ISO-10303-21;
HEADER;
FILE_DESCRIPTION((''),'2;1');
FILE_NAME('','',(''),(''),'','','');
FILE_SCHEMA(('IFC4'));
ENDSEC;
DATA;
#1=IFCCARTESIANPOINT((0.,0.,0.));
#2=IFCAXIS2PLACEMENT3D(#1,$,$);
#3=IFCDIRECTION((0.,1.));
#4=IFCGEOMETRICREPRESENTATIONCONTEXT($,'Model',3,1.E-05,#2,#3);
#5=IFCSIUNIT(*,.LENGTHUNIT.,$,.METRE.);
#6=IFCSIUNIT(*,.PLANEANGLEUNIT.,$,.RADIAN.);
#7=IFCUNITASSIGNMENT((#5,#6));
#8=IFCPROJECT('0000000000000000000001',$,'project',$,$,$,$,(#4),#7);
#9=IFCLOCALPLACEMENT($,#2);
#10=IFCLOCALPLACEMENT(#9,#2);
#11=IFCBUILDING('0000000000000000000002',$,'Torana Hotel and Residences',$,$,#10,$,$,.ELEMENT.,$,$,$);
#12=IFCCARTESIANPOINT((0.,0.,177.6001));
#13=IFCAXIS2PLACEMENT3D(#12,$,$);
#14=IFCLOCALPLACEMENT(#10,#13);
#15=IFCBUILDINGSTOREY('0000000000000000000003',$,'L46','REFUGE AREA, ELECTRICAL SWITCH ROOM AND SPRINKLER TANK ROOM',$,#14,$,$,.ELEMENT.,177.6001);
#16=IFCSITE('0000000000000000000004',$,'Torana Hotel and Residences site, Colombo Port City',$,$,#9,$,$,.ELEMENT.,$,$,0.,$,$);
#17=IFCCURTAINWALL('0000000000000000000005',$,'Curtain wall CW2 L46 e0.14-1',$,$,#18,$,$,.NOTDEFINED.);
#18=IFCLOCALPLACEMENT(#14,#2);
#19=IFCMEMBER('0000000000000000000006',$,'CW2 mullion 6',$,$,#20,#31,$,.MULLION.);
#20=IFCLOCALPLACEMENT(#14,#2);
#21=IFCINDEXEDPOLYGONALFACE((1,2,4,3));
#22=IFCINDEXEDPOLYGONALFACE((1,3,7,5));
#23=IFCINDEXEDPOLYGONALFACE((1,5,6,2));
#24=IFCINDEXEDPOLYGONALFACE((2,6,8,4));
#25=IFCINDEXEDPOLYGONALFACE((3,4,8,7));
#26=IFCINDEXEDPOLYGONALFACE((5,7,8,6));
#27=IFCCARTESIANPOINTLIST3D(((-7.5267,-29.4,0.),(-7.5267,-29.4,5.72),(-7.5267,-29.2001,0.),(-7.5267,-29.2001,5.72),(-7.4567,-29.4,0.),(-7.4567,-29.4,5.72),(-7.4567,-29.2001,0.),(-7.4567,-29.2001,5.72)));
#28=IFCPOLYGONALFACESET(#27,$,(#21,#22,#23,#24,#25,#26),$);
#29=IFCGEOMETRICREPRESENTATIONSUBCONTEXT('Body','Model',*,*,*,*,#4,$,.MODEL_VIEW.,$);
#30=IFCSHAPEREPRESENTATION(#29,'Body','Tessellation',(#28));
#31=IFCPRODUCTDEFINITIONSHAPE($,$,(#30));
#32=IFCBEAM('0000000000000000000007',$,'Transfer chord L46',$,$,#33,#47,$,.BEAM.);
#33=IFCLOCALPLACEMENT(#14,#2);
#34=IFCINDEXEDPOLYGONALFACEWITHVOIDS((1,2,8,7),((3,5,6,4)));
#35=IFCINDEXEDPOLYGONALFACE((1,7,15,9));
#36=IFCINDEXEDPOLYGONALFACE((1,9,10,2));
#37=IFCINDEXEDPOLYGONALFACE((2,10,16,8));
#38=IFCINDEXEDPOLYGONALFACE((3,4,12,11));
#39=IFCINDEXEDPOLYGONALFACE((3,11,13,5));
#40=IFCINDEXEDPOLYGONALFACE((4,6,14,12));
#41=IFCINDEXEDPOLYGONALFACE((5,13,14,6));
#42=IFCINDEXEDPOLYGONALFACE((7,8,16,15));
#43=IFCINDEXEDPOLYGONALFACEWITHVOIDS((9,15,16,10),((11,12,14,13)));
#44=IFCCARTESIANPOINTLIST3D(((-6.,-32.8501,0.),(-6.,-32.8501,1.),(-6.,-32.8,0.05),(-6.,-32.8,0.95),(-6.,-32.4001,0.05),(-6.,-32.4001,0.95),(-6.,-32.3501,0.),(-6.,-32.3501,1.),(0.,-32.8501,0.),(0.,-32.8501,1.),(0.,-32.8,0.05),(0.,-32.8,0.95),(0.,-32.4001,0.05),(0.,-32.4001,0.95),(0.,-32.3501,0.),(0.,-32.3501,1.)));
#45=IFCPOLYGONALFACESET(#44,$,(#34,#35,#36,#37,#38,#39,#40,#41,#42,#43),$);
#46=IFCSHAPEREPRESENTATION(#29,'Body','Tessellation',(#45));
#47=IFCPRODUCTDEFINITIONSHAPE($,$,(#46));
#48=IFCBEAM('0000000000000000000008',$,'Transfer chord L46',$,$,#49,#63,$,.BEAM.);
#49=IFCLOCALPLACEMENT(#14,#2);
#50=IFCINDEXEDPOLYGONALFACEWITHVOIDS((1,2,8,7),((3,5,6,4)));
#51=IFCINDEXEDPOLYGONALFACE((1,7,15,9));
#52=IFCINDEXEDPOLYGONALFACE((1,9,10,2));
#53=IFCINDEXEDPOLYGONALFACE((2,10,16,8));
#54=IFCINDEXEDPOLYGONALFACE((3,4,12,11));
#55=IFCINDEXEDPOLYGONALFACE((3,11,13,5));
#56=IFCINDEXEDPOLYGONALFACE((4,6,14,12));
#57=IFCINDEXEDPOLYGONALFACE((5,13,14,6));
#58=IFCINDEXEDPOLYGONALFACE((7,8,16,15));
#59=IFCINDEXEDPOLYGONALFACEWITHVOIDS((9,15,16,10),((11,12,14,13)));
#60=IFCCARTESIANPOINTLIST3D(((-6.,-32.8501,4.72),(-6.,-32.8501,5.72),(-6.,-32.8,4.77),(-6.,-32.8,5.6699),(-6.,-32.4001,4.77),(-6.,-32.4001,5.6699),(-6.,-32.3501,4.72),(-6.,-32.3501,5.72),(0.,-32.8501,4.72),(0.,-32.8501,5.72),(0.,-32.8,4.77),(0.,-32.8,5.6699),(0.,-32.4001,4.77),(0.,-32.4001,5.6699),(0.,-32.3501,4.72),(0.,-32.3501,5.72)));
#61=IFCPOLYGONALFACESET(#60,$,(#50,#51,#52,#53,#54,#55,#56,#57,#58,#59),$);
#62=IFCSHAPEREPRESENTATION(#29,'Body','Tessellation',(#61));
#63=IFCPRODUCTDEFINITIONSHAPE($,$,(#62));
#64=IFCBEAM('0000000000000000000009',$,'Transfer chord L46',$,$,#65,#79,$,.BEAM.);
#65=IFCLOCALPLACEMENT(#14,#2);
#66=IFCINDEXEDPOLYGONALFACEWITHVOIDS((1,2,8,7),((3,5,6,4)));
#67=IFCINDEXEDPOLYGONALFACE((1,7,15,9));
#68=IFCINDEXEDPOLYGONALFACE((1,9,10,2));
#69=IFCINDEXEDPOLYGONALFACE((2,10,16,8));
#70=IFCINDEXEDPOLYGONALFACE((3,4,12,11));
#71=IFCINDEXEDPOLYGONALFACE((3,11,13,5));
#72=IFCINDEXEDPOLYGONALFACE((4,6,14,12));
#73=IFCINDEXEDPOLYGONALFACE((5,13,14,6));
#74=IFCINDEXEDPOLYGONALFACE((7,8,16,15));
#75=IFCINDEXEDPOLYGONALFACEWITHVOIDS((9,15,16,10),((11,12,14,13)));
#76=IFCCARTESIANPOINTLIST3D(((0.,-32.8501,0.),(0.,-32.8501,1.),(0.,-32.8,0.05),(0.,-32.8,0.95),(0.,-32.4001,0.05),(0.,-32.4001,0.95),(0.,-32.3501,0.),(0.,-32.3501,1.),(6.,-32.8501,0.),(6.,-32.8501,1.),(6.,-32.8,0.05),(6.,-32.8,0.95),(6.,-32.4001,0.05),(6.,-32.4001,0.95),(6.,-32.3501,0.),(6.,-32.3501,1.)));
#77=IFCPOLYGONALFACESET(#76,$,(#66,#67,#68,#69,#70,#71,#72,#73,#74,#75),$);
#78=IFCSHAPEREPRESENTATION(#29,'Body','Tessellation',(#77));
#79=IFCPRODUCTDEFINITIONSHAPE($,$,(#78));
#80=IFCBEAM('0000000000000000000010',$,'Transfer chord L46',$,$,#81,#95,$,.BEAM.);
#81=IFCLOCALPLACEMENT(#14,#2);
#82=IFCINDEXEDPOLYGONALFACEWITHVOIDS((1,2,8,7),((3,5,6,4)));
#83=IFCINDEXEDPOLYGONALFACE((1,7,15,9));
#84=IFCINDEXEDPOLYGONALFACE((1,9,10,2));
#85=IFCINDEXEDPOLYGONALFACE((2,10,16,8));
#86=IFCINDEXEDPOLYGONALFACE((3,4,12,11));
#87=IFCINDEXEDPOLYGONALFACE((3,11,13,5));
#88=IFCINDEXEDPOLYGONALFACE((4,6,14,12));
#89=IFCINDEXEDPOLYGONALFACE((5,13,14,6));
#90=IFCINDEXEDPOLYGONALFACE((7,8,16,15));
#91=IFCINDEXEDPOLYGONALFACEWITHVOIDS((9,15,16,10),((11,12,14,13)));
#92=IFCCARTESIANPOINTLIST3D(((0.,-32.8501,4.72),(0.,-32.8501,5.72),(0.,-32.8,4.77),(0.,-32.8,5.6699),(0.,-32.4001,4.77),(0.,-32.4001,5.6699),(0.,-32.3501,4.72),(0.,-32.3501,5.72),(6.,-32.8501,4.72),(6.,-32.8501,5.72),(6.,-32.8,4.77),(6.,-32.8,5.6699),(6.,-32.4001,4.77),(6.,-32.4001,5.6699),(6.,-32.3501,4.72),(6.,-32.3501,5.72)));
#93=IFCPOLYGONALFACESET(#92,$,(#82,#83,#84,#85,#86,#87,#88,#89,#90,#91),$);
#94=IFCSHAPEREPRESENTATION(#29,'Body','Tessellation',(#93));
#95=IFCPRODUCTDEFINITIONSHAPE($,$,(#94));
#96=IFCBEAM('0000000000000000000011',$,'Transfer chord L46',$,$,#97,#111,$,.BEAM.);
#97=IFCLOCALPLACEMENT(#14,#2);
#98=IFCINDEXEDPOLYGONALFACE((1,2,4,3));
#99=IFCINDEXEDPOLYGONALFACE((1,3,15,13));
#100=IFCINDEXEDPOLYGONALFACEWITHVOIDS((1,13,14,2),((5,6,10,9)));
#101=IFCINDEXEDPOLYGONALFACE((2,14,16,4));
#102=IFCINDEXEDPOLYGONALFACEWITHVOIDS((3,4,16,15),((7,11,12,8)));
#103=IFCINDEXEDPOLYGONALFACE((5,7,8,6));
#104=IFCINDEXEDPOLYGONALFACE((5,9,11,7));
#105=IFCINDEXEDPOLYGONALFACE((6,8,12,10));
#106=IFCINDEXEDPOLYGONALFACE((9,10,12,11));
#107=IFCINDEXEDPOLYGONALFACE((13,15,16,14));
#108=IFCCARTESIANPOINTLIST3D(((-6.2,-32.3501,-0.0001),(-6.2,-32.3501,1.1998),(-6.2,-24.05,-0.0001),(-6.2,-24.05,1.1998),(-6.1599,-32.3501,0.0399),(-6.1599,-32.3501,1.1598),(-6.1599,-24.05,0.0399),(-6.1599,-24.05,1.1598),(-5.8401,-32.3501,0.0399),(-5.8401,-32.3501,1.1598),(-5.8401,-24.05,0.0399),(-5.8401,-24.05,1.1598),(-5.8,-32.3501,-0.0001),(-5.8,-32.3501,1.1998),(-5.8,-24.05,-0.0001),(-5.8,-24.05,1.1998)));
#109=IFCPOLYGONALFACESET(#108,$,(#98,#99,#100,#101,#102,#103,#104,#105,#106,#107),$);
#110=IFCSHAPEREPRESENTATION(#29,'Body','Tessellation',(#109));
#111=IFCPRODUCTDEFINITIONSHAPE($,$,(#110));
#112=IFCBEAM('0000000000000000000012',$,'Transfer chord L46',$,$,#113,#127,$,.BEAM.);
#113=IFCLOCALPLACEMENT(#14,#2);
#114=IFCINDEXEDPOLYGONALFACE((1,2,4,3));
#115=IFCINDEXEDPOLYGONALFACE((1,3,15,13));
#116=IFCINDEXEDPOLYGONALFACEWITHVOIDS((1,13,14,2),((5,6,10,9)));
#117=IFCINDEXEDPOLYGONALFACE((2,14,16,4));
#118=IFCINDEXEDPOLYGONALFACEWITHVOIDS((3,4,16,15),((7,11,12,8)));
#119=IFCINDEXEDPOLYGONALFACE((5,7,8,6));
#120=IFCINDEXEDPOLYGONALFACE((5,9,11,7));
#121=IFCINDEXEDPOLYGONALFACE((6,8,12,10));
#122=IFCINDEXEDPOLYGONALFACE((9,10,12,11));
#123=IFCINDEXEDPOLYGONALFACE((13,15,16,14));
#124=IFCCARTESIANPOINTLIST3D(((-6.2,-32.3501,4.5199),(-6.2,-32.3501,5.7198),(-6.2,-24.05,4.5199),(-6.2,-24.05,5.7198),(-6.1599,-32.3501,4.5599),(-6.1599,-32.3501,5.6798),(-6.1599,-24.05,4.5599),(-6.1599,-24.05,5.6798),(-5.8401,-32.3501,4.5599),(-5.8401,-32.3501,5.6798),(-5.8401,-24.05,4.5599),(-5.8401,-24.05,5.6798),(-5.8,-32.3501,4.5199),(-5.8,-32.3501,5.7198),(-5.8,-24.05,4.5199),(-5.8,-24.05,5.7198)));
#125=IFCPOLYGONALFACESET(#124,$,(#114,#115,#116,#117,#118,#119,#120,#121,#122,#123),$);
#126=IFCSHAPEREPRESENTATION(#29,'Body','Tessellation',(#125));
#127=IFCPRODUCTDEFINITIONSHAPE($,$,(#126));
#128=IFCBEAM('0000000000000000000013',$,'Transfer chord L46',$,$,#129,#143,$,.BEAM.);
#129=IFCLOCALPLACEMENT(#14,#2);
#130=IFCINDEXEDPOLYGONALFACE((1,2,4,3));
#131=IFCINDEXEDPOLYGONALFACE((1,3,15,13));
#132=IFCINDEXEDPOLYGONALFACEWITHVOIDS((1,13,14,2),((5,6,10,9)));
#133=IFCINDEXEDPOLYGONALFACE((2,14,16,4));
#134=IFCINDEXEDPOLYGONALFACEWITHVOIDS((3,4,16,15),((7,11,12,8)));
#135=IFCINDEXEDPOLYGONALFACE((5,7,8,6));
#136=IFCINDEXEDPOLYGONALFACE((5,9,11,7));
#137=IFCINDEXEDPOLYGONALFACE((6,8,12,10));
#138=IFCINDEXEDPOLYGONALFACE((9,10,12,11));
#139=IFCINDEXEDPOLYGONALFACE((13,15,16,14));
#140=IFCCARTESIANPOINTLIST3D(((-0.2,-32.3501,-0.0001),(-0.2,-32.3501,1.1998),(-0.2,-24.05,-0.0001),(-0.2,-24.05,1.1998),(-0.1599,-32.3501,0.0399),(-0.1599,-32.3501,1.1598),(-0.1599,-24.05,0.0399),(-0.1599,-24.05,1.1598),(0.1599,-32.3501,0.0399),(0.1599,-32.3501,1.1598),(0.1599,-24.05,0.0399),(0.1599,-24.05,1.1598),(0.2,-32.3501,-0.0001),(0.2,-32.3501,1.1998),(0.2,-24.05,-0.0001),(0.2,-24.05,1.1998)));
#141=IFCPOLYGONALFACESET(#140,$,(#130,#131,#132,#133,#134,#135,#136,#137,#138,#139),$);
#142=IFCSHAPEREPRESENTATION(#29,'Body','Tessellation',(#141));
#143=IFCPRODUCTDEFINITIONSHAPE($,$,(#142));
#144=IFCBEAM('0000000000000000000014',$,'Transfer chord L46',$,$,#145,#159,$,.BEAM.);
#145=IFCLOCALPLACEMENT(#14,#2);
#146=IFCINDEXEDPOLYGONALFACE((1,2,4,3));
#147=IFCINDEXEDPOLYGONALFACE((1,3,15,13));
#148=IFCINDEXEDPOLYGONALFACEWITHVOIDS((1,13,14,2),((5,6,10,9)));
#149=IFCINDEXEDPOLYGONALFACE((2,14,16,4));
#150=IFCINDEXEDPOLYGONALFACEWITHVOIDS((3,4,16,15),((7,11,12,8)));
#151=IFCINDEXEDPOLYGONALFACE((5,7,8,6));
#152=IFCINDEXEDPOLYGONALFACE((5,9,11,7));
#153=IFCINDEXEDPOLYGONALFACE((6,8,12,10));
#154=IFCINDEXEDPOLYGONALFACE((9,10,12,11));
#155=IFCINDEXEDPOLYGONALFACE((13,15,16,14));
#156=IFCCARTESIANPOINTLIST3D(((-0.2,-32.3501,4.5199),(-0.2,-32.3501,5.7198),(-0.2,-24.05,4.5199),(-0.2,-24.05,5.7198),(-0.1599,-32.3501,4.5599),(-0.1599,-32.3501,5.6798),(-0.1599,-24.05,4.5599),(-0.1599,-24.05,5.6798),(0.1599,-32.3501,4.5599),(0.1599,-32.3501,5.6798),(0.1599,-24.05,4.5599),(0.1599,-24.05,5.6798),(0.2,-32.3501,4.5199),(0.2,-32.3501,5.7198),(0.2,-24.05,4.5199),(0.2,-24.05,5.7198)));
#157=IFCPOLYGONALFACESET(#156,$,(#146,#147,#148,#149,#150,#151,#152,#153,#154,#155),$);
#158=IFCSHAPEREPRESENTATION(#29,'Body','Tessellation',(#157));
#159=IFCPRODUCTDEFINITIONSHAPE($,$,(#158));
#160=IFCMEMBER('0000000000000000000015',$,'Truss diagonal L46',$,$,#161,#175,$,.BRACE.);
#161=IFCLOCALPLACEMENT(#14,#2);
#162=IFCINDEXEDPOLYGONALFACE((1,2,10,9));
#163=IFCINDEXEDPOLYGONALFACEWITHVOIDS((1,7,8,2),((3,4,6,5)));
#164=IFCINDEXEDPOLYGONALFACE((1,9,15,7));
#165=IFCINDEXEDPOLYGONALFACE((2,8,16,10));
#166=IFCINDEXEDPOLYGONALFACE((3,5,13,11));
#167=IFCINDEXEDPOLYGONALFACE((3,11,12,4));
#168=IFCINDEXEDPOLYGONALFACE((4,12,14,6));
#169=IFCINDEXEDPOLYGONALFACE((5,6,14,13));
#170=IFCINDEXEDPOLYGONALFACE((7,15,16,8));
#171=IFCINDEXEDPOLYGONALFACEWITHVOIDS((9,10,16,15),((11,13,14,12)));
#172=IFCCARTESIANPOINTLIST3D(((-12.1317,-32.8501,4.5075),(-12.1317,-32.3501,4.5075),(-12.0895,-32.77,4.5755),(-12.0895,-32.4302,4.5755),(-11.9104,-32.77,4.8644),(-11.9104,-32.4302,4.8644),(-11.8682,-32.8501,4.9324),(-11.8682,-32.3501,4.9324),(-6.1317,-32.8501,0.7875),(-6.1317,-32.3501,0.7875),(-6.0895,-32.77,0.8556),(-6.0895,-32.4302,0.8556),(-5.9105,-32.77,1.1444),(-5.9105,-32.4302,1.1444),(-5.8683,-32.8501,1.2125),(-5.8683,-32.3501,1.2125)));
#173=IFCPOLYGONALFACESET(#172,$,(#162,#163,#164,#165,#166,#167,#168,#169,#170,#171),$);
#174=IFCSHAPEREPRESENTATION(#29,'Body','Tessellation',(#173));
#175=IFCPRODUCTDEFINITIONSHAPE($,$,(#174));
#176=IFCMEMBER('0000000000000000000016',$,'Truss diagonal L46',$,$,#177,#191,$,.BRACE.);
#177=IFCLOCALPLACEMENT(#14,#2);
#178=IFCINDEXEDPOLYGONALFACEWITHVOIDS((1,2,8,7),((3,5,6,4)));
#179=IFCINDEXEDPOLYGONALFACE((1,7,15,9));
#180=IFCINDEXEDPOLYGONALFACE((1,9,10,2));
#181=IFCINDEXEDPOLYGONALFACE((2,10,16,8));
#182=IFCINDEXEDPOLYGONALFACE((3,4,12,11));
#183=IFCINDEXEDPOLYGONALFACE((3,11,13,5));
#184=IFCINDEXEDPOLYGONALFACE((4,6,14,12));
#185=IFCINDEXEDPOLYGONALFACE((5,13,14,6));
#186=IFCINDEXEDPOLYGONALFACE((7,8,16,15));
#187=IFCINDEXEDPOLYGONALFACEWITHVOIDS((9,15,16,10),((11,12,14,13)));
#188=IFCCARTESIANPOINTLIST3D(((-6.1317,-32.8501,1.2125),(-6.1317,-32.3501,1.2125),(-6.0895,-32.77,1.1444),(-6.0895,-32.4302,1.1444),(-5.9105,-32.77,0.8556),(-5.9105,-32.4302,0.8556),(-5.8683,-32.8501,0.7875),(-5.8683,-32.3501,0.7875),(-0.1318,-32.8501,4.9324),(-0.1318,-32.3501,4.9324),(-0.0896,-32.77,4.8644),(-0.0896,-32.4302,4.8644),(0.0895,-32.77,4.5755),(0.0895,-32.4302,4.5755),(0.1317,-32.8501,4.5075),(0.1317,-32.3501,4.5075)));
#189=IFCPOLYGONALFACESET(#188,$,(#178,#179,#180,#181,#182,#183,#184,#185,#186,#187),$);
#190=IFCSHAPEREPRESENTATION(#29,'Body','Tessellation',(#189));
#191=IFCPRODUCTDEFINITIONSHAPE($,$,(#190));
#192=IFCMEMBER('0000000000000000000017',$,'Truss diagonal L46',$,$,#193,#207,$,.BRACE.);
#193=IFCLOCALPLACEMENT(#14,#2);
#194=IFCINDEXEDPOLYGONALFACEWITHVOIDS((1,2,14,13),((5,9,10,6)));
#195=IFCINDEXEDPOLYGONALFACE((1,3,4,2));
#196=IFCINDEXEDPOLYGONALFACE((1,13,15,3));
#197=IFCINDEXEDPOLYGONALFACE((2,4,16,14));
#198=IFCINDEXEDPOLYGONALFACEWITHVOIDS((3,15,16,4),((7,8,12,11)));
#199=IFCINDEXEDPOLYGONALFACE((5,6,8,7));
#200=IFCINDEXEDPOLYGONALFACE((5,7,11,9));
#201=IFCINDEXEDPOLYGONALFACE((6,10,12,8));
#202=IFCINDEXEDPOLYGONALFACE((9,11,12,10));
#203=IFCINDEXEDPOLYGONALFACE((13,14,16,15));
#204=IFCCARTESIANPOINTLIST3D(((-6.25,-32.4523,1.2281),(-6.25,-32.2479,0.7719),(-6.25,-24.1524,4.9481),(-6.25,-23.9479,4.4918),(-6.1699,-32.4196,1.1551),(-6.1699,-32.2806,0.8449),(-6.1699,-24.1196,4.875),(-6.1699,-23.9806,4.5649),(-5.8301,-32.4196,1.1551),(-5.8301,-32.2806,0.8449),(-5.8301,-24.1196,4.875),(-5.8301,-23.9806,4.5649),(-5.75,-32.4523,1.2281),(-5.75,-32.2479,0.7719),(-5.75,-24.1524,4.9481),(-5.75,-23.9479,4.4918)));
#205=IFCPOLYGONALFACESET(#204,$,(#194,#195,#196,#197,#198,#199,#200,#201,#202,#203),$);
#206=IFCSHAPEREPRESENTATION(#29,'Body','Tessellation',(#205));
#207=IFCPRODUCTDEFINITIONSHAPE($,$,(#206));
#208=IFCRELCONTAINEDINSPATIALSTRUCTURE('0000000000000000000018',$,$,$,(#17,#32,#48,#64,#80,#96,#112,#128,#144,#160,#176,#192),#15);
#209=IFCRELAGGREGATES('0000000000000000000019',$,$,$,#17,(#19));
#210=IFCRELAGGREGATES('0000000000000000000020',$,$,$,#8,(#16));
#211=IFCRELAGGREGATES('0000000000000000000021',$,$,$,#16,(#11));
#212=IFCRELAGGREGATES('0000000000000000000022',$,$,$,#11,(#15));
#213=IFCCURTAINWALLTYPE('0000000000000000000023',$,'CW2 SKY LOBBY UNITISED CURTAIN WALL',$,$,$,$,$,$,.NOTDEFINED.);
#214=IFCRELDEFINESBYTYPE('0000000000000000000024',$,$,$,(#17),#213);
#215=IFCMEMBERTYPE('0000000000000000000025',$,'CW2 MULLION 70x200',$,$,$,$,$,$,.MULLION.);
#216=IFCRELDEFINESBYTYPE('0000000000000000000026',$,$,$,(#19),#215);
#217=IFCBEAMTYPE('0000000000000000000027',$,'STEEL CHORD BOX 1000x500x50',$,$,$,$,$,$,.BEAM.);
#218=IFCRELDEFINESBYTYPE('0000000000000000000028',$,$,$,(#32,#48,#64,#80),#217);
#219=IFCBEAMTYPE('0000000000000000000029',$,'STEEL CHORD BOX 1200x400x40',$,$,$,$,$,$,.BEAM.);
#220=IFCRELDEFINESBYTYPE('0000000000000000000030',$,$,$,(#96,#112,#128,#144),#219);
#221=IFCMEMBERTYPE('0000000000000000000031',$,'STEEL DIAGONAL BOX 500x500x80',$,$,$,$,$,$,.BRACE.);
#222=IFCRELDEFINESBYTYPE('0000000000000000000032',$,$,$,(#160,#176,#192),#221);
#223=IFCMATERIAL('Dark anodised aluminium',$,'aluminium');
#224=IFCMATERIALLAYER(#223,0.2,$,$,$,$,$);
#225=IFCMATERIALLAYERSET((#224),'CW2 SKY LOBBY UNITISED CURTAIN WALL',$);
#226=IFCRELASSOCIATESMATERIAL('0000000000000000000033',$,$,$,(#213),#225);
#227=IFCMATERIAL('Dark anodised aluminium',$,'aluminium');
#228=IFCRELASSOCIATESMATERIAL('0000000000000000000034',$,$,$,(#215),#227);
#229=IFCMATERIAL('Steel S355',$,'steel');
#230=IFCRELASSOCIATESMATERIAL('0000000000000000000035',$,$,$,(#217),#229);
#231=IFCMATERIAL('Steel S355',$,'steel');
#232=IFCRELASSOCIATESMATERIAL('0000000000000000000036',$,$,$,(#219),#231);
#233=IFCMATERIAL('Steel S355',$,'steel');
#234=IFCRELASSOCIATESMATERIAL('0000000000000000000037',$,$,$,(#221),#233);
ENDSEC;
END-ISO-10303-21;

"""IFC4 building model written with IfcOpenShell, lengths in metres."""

from ifc_helpers import new_model, si_unit, direction, frame, origin, origin_2d, place, context, subcontext, project, spatial, rectangle, hollow_rectangle, extrude, material, layer, layer_set, material_profile, profile_set, type_object, element, aggregate, save


model = new_model("IFC4")

# Units and contexts
model_context = context("Model", 3, precision=1e-05, world=origin(), true_north=direction((0.0, 1.0)))
body_context = subcontext(model_context, "Body", "Model", "MODEL_VIEW")
ifc_project = project(units=[si_unit("LENGTHUNIT", "METRE"), si_unit("PLANEANGLEUNIT", "RADIAN")], contexts=[model_context])

# Site, building, storey
site_placement = place(None, origin())
site = spatial("IfcSite", under=ifc_project, at=site_placement, Name="Torana Hotel and Residences site, Colombo Port City", CompositionType="ELEMENT", RefElevation=0.0)
building_placement = place(site_placement, origin())
building = spatial("IfcBuilding", under=site, at=building_placement, Name="Torana Hotel and Residences", CompositionType="ELEMENT")
storey_placement = place(building_placement, frame((0.0, 0.0, 177.6001)))
storey = spatial("IfcBuildingStorey", under=building, at=storey_placement, Name="L46", Description="REFUGE AREA, ELECTRICAL SWITCH ROOM AND SPRINKLER TANK ROOM", CompositionType="ELEMENT", Elevation=177.6001)

# Curtain wall, member
ifc_material_1 = material(Name="Dark anodised aluminium", Category="aluminium")
ifc_layer_1 = layer(ifc_material_1, 0.2)
ifc_layer_set_1 = layer_set([ifc_layer_1], Name="CW2 SKY LOBBY UNITISED CURTAIN WALL")
curtain_wall_type = type_object("IfcCurtainWallType", Name="CW2 SKY LOBBY UNITISED CURTAIN WALL", PredefinedType="NOTDEFINED", material=ifc_layer_set_1)
curtain_wall_placement = place(storey_placement, origin())
curtain_wall = element("IfcCurtainWall", 1, at=curtain_wall_placement, inside=storey, type_object=curtain_wall_type, Name="Curtain wall CW2 L46 e0.14-1", PredefinedType="NOTDEFINED")
ifc_material_2 = material(Name="Dark anodised aluminium", Category="aluminium")
ifc_material_profile_1 = material_profile(ifc_material_2, rectangle(XDim=0.2, YDim=0.0701, at=origin_2d()), Name="CW2 MULLION 70x200")
ifc_profile_set_1 = profile_set([ifc_material_profile_1], Name="Dark anodised aluminium")
member_type_1 = type_object("IfcMemberType", Name="CW2 MULLION 70x200", PredefinedType="MULLION", material=ifc_profile_set_1)
member_1_placement = place(storey_placement, frame((-7.4917, -29.3, 0.0), z_axis=(0.0, 0.0, 1.0), x_axis=(0.0, 1.0, 0.0)))
member_1 = element("IfcMember", 2, at=member_1_placement, type_object=member_type_1, Name="CW2 mullion 6", PredefinedType="MULLION", context=body_context, shape_type="SweptSolid", body=[
    extrude(rectangle(XDim=0.2, YDim=0.0701, at=origin_2d()), origin(), (0.0, 0.0, 1.0), 5.72),
])

# Beams
ifc_material_3 = material(Name="Steel S355", Category="steel")
ifc_material_profile_2 = material_profile(ifc_material_3, hollow_rectangle(XDim=0.5, YDim=1.0, WallThickness=0.05, at=origin_2d()), Name="BOX 1000x500x50")
ifc_profile_set_2 = profile_set([ifc_material_profile_2], Name="Steel S355")
beam_type_1 = type_object("IfcBeamType", Name="STEEL CHORD BOX 1000x500x50", PredefinedType="BEAM", material=ifc_profile_set_2)
for number, where, z_axis, x_axis, name in (
    (3, (-6.0, -32.6001, 0.5), (1.0, 0.0, 0.0), (0.0, 1.0, 0.0), "Transfer chord L46"),
    (4, (-6.0, -32.6001, 5.22), (1.0, 0.0, 0.0), (0.0, 1.0, 0.0), "Transfer chord L46"),
    (5, (0.0, -32.6001, 0.5), (1.0, 0.0, 0.0), (0.0, 1.0, 0.0), "Transfer chord L46"),
    (6, (0.0, -32.6001, 5.22), (1.0, 0.0, 0.0), (0.0, 1.0, 0.0), "Transfer chord L46"),
):
    element("IfcBeam", number, at=place(storey_placement, frame(where, z_axis=z_axis, x_axis=x_axis)), inside=storey, type_object=beam_type_1, Name=name, PredefinedType="BEAM", context=body_context, shape_type="SweptSolid", body=[
        extrude(hollow_rectangle(XDim=0.5, YDim=1.0, WallThickness=0.05, at=origin_2d()), origin(), (0.0, 0.0, 1.0), 6.0),
    ])
ifc_material_4 = material(Name="Steel S355", Category="steel")
ifc_material_profile_3 = material_profile(ifc_material_4, hollow_rectangle(XDim=0.3999, YDim=1.2, WallThickness=0.04, at=origin_2d()), Name="BOX 1200x400x40")
ifc_profile_set_3 = profile_set([ifc_material_profile_3], Name="Steel S355")
beam_type_2 = type_object("IfcBeamType", Name="STEEL CHORD BOX 1200x400x40", PredefinedType="BEAM", material=ifc_profile_set_3)
for number, where, z_axis, x_axis, name in (
    (7, (-6.0, -32.3501, 0.5999), (0.0, 1.0, 0.0), (-1.0, 0.0, 0.0), "Transfer chord L46"),
    (8, (-6.0, -32.3501, 5.1199), (0.0, 1.0, 0.0), (-1.0, 0.0, 0.0), "Transfer chord L46"),
    (9, (0.0, -32.3501, 0.5999), (0.0, 1.0, 0.0), (-1.0, 0.0, 0.0), "Transfer chord L46"),
    (10, (0.0, -32.3501, 5.1199), (0.0, 1.0, 0.0), (-1.0, 0.0, 0.0), "Transfer chord L46"),
):
    element("IfcBeam", number, at=place(storey_placement, frame(where, z_axis=z_axis, x_axis=x_axis)), inside=storey, type_object=beam_type_2, Name=name, PredefinedType="BEAM", context=body_context, shape_type="SweptSolid", body=[
        extrude(hollow_rectangle(XDim=0.3999, YDim=1.2, WallThickness=0.04, at=origin_2d()), origin(), (0.0, 0.0, 1.0), 8.3),
    ])

# Members
ifc_material_5 = material(Name="Steel S355", Category="steel")
ifc_material_profile_4 = material_profile(ifc_material_5, hollow_rectangle(XDim=0.5, YDim=0.5, WallThickness=0.0801, at=origin_2d()), Name="BOX 500x500x80")
ifc_profile_set_4 = profile_set([ifc_material_profile_4], Name="Steel S355")
member_type_2 = type_object("IfcMemberType", Name="STEEL DIAGONAL BOX 500x500x80", PredefinedType="BRACE", material=ifc_profile_set_4)
for number, where, z_axis, x_axis, name in (
    (11, (-6.0, -32.6001, 1.0), (-0.849905, 0.0, 0.526937), (0.0, -1.0, 0.0), "Truss diagonal L46"),
    (12, (-6.0, -32.6001, 1.0), (0.849905, 0.0, 0.526937), (0.0, 1.0, 0.0), "Truss diagonal L46"),
):
    element("IfcMember", number, at=place(storey_placement, frame(where, z_axis=z_axis, x_axis=x_axis)), inside=storey, type_object=member_type_2, Name=name, PredefinedType="BRACE", context=body_context, shape_type="SweptSolid", body=[
        extrude(hollow_rectangle(XDim=0.5, YDim=0.5, WallThickness=0.0801, at=origin_2d()), origin(), (0.0, 0.0, 1.0), 7.0596),
    ])
member_2_placement = place(storey_placement, frame((-6.0, -32.3501, 1.0), z_axis=(0.0, 0.91254, 0.408988), x_axis=(-1.0, 0.0, 0.0)))
element("IfcMember", 13, at=member_2_placement, inside=storey, type_object=member_type_2, Name="Truss diagonal L46", PredefinedType="BRACE", context=body_context, shape_type="SweptSolid", body=[
    extrude(hollow_rectangle(XDim=0.5, YDim=0.5, WallThickness=0.0801, at=origin_2d()), origin(), (0.0, 0.0, 1.0), 9.0955),
])

aggregate(curtain_wall, [member_1])

save(model, "model.ifc")
